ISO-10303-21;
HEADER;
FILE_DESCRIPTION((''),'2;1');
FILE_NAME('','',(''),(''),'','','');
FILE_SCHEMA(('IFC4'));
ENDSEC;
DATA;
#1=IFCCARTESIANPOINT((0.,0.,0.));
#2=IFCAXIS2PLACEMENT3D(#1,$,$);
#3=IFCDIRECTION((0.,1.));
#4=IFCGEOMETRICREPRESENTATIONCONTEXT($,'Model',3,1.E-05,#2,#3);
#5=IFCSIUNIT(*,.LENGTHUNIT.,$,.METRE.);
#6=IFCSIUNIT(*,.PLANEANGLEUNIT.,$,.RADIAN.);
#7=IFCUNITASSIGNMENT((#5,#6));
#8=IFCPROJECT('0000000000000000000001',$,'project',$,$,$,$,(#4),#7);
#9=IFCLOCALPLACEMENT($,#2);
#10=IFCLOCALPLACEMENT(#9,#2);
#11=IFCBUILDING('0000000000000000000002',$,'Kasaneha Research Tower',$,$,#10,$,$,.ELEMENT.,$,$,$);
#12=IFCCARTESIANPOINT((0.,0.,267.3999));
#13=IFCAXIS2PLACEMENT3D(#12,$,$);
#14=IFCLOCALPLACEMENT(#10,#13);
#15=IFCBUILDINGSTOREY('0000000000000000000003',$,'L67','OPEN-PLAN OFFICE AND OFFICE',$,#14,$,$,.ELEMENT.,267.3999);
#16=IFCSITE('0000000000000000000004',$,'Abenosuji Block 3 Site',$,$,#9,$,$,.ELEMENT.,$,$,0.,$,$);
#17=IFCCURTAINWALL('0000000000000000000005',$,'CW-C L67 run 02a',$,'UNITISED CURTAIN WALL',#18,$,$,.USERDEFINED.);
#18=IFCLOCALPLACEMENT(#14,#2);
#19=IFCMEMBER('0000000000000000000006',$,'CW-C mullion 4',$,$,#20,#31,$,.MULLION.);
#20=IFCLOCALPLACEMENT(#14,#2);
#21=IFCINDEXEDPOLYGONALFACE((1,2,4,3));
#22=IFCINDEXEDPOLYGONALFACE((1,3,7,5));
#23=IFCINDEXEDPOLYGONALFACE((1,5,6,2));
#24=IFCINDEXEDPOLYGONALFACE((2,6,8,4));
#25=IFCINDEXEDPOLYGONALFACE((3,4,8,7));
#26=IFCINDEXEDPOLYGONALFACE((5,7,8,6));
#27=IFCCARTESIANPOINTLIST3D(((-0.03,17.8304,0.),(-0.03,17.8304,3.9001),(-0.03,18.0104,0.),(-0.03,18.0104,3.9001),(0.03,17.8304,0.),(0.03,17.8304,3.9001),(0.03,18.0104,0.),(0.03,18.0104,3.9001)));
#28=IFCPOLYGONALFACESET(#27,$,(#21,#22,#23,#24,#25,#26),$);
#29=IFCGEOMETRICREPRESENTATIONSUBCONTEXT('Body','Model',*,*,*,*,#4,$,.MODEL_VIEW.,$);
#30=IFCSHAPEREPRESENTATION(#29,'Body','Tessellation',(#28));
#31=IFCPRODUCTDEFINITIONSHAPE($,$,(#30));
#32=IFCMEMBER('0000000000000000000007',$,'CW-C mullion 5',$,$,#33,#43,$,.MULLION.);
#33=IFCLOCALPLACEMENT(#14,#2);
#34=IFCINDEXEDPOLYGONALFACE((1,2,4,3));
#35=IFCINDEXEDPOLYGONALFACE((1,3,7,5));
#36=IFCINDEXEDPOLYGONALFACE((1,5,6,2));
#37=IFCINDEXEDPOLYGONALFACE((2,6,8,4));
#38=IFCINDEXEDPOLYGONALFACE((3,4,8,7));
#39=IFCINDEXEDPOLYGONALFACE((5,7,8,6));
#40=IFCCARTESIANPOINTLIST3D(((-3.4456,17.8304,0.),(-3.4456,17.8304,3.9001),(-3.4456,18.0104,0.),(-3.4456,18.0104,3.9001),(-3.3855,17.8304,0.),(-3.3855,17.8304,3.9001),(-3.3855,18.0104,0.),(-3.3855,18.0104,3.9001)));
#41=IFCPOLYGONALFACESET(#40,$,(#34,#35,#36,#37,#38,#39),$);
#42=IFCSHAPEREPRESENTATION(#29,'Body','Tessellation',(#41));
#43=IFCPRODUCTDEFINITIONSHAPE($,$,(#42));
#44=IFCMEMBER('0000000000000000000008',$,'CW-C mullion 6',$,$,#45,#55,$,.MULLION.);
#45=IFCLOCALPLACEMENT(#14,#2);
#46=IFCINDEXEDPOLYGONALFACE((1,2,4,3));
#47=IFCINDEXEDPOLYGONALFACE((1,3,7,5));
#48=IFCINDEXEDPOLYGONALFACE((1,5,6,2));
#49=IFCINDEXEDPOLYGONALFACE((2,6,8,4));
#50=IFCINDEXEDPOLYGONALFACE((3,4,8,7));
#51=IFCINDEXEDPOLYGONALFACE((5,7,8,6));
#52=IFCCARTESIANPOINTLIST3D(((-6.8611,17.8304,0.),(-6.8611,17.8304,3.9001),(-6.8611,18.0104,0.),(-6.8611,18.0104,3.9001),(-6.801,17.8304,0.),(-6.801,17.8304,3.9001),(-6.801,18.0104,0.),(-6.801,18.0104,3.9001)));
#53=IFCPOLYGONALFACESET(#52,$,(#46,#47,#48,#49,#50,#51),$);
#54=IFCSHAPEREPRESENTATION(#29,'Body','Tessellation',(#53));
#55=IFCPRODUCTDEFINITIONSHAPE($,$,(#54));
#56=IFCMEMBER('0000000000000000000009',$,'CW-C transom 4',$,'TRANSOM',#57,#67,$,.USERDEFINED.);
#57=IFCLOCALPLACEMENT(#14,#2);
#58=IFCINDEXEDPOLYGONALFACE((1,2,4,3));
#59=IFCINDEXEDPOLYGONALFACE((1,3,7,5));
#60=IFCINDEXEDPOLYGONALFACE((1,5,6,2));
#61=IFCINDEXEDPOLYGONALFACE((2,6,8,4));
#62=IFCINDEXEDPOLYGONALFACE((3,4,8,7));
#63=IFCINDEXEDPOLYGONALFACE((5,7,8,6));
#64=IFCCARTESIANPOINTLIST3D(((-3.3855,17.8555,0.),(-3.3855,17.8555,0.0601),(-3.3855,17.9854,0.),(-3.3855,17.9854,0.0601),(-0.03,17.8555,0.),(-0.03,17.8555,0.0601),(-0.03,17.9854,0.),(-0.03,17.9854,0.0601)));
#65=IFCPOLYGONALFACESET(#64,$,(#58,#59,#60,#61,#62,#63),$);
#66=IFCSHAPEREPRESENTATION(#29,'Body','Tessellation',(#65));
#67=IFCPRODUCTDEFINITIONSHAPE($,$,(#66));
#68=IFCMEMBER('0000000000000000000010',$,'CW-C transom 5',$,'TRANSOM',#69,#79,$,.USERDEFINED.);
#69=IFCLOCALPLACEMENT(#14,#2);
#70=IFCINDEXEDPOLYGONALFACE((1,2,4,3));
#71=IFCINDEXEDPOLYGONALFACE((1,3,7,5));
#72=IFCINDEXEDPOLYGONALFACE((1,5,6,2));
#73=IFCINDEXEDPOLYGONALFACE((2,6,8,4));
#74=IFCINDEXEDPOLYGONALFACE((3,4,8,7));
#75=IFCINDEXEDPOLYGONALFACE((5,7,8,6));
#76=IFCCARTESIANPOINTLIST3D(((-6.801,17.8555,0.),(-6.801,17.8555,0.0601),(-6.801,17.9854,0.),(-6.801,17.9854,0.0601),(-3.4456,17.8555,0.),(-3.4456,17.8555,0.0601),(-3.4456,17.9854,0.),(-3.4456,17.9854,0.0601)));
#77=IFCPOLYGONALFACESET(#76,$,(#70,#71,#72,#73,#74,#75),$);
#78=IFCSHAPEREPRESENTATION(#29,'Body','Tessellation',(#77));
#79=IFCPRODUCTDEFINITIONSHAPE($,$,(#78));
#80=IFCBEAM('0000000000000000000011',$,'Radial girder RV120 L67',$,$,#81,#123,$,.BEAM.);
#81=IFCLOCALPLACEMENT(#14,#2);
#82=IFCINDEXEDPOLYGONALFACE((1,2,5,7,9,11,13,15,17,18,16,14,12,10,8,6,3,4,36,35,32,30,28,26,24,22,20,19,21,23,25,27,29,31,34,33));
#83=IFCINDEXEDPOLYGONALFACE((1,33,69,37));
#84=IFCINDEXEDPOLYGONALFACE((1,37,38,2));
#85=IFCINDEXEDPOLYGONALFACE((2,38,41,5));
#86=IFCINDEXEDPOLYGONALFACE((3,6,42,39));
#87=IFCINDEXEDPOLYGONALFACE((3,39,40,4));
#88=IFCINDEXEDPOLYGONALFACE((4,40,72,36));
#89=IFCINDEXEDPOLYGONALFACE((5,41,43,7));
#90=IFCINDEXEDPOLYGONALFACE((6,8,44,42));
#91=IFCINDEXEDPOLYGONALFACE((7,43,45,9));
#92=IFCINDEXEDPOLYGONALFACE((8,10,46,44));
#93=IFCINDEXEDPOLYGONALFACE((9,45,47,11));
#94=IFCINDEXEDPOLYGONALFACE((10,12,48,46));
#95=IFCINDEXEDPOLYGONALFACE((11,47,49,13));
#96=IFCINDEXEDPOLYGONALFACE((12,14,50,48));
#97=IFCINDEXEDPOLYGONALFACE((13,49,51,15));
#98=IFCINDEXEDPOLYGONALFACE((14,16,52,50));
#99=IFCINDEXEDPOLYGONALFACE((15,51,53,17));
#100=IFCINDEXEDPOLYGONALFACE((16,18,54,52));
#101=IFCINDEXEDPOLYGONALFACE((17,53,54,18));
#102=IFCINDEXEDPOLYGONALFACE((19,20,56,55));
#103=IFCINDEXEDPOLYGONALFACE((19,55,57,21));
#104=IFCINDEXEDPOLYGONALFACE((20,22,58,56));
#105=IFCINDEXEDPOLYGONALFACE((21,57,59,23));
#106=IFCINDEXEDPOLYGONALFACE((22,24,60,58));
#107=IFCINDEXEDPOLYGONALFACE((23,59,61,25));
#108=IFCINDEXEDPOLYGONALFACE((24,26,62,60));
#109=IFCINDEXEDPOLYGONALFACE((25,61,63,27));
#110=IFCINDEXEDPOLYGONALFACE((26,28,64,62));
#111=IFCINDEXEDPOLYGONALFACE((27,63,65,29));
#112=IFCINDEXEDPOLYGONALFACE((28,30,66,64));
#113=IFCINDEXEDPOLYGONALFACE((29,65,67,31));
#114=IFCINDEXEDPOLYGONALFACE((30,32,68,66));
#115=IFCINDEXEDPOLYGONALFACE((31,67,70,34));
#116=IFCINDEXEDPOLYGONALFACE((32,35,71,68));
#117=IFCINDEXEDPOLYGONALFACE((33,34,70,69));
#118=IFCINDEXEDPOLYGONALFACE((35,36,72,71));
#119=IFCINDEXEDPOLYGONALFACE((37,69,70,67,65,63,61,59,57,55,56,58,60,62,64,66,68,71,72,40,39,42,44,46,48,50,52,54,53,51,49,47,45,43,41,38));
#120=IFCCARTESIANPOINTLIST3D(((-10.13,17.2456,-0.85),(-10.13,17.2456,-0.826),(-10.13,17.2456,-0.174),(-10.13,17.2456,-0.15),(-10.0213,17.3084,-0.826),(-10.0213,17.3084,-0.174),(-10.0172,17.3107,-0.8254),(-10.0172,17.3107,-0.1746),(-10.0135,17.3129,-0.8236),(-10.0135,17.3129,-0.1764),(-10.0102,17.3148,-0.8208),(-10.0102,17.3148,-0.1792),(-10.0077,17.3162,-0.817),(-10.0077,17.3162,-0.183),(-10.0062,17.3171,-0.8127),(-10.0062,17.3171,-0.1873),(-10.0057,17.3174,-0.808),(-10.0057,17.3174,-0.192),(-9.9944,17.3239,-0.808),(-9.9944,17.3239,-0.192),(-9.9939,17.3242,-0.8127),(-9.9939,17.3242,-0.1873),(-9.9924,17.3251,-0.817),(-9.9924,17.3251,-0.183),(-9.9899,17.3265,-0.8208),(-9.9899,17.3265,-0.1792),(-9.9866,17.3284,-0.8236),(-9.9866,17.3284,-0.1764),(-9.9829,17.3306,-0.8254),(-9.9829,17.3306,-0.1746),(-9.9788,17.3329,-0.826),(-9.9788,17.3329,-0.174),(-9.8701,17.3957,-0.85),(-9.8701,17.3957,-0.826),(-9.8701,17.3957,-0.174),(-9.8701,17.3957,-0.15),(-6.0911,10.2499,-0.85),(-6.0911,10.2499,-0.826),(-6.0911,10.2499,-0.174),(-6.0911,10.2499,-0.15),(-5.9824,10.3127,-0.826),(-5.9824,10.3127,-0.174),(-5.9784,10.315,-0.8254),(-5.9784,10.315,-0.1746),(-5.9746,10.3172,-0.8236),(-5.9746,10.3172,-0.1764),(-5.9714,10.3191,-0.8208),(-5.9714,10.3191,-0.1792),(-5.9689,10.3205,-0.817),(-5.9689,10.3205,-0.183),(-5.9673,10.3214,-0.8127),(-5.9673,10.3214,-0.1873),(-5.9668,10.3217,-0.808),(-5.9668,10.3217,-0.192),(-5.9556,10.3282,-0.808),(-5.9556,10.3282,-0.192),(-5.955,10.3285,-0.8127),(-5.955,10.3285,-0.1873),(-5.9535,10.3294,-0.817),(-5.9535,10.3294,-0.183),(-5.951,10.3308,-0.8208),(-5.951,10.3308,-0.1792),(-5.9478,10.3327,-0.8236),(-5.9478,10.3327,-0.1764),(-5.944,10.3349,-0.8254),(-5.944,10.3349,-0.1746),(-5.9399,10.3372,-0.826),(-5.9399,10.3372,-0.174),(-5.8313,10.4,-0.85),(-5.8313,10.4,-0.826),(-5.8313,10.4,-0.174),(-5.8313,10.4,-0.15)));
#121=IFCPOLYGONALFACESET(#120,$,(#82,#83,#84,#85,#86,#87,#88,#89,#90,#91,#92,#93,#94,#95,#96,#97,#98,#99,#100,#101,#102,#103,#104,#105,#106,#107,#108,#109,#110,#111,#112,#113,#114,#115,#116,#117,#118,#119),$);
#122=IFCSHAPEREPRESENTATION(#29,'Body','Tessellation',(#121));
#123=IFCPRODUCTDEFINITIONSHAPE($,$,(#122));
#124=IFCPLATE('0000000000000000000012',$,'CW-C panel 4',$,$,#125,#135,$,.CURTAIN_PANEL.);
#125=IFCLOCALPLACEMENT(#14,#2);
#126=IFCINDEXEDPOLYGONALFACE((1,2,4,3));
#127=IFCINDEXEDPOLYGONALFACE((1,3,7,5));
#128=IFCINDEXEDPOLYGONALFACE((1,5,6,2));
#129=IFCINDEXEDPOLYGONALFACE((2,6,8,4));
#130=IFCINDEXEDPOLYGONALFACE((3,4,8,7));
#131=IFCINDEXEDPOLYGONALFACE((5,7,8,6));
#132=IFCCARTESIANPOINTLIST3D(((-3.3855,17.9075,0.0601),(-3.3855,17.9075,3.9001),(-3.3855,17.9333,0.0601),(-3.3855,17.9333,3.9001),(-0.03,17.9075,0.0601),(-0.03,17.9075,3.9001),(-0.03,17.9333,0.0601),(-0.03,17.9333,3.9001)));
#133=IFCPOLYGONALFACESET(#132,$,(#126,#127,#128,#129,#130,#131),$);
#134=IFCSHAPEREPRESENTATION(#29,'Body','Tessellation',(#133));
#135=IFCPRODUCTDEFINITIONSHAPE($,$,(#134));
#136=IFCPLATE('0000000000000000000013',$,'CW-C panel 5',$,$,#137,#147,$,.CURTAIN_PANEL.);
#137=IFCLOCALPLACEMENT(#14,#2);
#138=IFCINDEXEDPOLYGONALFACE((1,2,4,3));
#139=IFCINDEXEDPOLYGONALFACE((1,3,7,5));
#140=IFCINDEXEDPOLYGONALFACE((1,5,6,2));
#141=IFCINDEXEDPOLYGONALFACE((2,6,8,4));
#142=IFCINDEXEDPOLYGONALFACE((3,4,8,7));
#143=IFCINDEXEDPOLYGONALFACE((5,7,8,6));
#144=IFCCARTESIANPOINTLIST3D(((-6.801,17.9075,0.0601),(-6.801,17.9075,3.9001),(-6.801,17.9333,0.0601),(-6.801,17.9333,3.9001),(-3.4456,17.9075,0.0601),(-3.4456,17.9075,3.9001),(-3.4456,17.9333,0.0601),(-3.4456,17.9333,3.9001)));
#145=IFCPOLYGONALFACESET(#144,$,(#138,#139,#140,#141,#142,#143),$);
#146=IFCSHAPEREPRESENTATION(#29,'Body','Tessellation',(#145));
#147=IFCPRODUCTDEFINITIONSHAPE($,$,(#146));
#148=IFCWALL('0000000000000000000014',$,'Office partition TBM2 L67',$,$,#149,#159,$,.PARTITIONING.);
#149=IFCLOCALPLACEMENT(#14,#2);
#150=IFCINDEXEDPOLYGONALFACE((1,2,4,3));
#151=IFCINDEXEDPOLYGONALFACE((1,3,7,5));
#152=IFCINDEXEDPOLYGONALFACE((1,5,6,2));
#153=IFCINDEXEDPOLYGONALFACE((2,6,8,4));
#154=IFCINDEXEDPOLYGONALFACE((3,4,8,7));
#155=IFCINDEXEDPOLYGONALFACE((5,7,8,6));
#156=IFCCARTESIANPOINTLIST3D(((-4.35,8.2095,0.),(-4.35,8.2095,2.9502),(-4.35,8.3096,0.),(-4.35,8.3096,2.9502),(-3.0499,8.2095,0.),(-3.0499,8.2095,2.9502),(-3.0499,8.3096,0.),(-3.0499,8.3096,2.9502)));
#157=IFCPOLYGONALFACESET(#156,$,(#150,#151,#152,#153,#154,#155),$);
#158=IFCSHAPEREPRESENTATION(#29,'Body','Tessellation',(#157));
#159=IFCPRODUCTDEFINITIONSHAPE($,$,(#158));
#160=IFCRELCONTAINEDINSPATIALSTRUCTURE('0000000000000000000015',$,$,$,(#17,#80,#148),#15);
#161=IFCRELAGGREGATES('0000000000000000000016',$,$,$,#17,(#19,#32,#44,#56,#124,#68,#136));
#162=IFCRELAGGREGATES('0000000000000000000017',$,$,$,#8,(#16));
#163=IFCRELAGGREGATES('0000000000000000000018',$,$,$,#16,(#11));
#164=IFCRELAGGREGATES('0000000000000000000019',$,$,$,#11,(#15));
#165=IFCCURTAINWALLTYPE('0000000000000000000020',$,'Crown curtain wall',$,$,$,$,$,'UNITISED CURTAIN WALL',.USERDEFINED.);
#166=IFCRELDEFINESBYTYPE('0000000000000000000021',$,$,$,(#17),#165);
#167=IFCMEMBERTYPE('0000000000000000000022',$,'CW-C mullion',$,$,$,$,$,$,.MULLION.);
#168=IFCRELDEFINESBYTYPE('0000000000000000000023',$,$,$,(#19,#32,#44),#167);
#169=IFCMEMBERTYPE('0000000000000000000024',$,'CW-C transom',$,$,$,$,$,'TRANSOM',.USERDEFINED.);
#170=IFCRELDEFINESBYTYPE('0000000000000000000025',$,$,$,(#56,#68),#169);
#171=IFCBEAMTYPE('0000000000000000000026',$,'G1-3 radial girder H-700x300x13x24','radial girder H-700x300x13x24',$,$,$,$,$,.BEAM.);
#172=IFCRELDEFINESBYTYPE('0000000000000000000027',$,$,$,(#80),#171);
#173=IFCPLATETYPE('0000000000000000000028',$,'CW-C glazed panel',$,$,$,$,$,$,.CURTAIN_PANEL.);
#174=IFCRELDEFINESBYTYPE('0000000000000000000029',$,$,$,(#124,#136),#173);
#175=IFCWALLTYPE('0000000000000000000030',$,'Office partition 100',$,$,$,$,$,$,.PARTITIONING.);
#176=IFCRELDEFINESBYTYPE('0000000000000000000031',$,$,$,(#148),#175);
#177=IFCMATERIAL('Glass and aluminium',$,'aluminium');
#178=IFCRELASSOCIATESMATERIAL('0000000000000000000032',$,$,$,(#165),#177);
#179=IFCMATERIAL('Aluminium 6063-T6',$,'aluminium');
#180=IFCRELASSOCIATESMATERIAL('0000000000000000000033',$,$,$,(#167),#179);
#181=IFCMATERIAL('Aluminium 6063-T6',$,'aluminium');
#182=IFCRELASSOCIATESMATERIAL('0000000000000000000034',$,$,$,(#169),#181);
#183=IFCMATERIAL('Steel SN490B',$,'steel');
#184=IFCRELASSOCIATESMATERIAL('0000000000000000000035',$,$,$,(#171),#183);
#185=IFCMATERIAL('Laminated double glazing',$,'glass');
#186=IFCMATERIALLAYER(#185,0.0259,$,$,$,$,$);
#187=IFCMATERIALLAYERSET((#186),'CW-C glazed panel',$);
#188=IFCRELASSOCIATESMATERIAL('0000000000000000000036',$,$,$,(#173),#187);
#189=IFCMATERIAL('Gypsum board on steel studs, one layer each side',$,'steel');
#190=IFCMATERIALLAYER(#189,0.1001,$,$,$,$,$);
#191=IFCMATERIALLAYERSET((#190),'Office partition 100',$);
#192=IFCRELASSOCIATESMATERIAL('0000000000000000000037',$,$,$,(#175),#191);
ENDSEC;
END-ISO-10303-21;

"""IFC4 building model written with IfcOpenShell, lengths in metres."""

from ifc_helpers import new_model, si_unit, direction, frame, frame_2d, origin, origin_2d, place, context, subcontext, project, spatial, rectangle, i_section, extrude, material, layer, layer_set, material_profile, profile_set, type_object, element, aggregate, save


model = new_model("IFC4")

# Units and contexts
model_context = context("Model", 3, precision=1e-05, world=origin(), true_north=direction((0.0, 1.0)))
body_context = subcontext(model_context, "Body", "Model", "MODEL_VIEW")
ifc_project = project(units=[si_unit("LENGTHUNIT", "METRE"), si_unit("PLANEANGLEUNIT", "RADIAN")], contexts=[model_context])

# Site, building, storey
site_placement = place(None, origin())
site = spatial("IfcSite", under=ifc_project, at=site_placement, Name="Abenosuji Block 3 Site", CompositionType="ELEMENT", RefElevation=0.0)
building_placement = place(site_placement, origin())
building = spatial("IfcBuilding", under=site, at=building_placement, Name="Kasaneha Research Tower", CompositionType="ELEMENT")
storey_placement = place(building_placement, frame((0.0, 0.0, 267.3999)))
storey = spatial("IfcBuildingStorey", under=building, at=storey_placement, Name="L67", Description="OPEN-PLAN OFFICE AND OFFICE", CompositionType="ELEMENT", Elevation=267.3999)

# Curtain wall, members
ifc_material_1 = material(Name="Glass and aluminium", Category="aluminium")
curtain_wall_type = type_object("IfcCurtainWallType", Name="Crown curtain wall", ElementType="UNITISED CURTAIN WALL", PredefinedType="USERDEFINED", material=ifc_material_1)
curtain_wall_placement = place(storey_placement, origin())
curtain_wall = element("IfcCurtainWall", 1, at=curtain_wall_placement, inside=storey, type_object=curtain_wall_type, Name="CW-C L67 run 02a", ObjectType="UNITISED CURTAIN WALL", PredefinedType="USERDEFINED")
ifc_material_2 = material(Name="Aluminium 6063-T6", Category="aluminium")
ifc_material_profile_1 = material_profile(ifc_material_2, rectangle(XDim=0.0601, YDim=0.1799, at=origin_2d()), Name="CW-C mullion 60x180")
ifc_profile_set_1 = profile_set([ifc_material_profile_1], Name="Aluminium 6063-T6")
member_type_1 = type_object("IfcMemberType", Name="CW-C mullion", PredefinedType="MULLION", material=ifc_profile_set_1)
member_1_placement = place(storey_placement, frame((0.0, 17.9204, 0.0), z_axis=(0.0, 0.0, 1.0), x_axis=(-1.0, 0.0, 0.0)))
member_1 = element("IfcMember", 2, at=member_1_placement, type_object=member_type_1, Name="CW-C mullion 4", PredefinedType="MULLION", context=body_context, shape_type="SweptSolid", body=[
    extrude(rectangle(XDim=0.0601, YDim=0.1799, at=origin_2d()), origin(), (0.0, 0.0, 1.0), 3.9001),
])
member_2_placement = place(storey_placement, frame((-3.4155, 17.9204, 0.0), z_axis=(0.0, 0.0, 1.0), x_axis=(-1.0, 0.0, 0.0)))
member_2 = element("IfcMember", 3, at=member_2_placement, type_object=member_type_1, Name="CW-C mullion 5", PredefinedType="MULLION", context=body_context, shape_type="SweptSolid", body=[
    extrude(rectangle(XDim=0.0601, YDim=0.1799, at=origin_2d()), origin(), (0.0, 0.0, 1.0), 3.9001),
])
member_3_placement = place(storey_placement, frame((-6.8311, 17.9204, 0.0), z_axis=(0.0, 0.0, 1.0), x_axis=(-1.0, 0.0, 0.0)))
member_3 = element("IfcMember", 4, at=member_3_placement, type_object=member_type_1, Name="CW-C mullion 6", PredefinedType="MULLION", context=body_context, shape_type="SweptSolid", body=[
    extrude(rectangle(XDim=0.0601, YDim=0.1799, at=origin_2d()), origin(), (0.0, 0.0, 1.0), 3.9001),
])
ifc_material_3 = material(Name="Aluminium 6063-T6", Category="aluminium")
ifc_material_profile_2 = material_profile(ifc_material_3, rectangle(XDim=0.1299, YDim=0.0601, at=origin_2d()), Name="CW-C transom 130x60")
ifc_profile_set_2 = profile_set([ifc_material_profile_2], Name="Aluminium 6063-T6")
member_type_2 = type_object("IfcMemberType", Name="CW-C transom", ElementType="TRANSOM", PredefinedType="USERDEFINED", material=ifc_profile_set_2)
member_4_placement = place(storey_placement, frame((-0.03, 17.9204, 0.03), z_axis=(-1.0, 0.0, 0.0), x_axis=(0.0, -1.0, 0.0)))
member_4 = element("IfcMember", 5, at=member_4_placement, type_object=member_type_2, Name="CW-C transom 4", ObjectType="TRANSOM", PredefinedType="USERDEFINED", context=body_context, shape_type="SweptSolid", body=[
    extrude(rectangle(XDim=0.1299, YDim=0.0601, at=origin_2d()), origin(), (0.0, 0.0, 1.0), 3.3555),
])
member_5_placement = place(storey_placement, frame((-3.4456, 17.9204, 0.03), z_axis=(-1.0, 0.0, 0.0), x_axis=(0.0, -1.0, 0.0)))
member_5 = element("IfcMember", 6, at=member_5_placement, type_object=member_type_2, Name="CW-C transom 5", ObjectType="TRANSOM", PredefinedType="USERDEFINED", context=body_context, shape_type="SweptSolid", body=[
    extrude(rectangle(XDim=0.1299, YDim=0.0601, at=origin_2d()), origin(), (0.0, 0.0, 1.0), 3.3555),
])

# Beam
ifc_material_4 = material(Name="Steel SN490B", Category="steel")
ifc_material_profile_3 = material_profile(ifc_material_4, i_section(OverallWidth=0.3, OverallDepth=0.7, WebThickness=0.0129, FlangeThickness=0.0239, FilletRadius=0.0181, at=origin_2d()), Name="H-700x300x13x24")
ifc_profile_set_3 = profile_set([ifc_material_profile_3], Name="Steel SN490B")
beam_type = type_object("IfcBeamType", Name="G1-3 radial girder H-700x300x13x24", Description="radial girder H-700x300x13x24", PredefinedType="BEAM", material=ifc_profile_set_3)
beam_placement = place(storey_placement, frame((-5.9612, 10.325, -0.5), z_axis=(-0.499991, 0.866031, 0.0), x_axis=(-0.866031, -0.499991, 0.0)))
element("IfcBeam", 7, at=beam_placement, inside=storey, type_object=beam_type, Name="Radial girder RV120 L67", PredefinedType="BEAM", context=body_context, shape_type="SweptSolid", body=[
    extrude(i_section(OverallWidth=0.3, OverallDepth=0.7, WebThickness=0.0129, FlangeThickness=0.0239, FilletRadius=0.0181, at=origin_2d()), origin(), (0.0, 0.0, 1.0), 8.0779),
])

# Plates
ifc_material_5 = material(Name="Laminated double glazing", Category="glass")
ifc_layer_1 = layer(ifc_material_5, 0.0259)
ifc_layer_set_1 = layer_set([ifc_layer_1], Name="CW-C glazed panel")
plate_type = type_object("IfcPlateType", Name="CW-C glazed panel", PredefinedType="CURTAIN_PANEL", material=ifc_layer_set_1)
plate_1_placement = place(storey_placement, frame((-1.7078, 17.9204, 0.0601), z_axis=(0.0, 0.0, 1.0), x_axis=(-1.0, 0.0, 0.0)))
plate_1 = element("IfcPlate", 8, at=plate_1_placement, type_object=plate_type, Name="CW-C panel 4", PredefinedType="CURTAIN_PANEL", context=body_context, shape_type="SweptSolid", body=[
    extrude(rectangle(XDim=3.3555, YDim=0.0259, at=origin_2d()), origin(), (0.0, 0.0, 1.0), 3.8401),
])
plate_2_placement = place(storey_placement, frame((-5.1233, 17.9204, 0.0601), z_axis=(0.0, 0.0, 1.0), x_axis=(-1.0, 0.0, 0.0)))
plate_2 = element("IfcPlate", 9, at=plate_2_placement, type_object=plate_type, Name="CW-C panel 5", PredefinedType="CURTAIN_PANEL", context=body_context, shape_type="SweptSolid", body=[
    extrude(rectangle(XDim=3.3555, YDim=0.0259, at=origin_2d()), origin(), (0.0, 0.0, 1.0), 3.8401),
])
aggregate(curtain_wall, [member_1, member_2, member_3, member_4, plate_1, member_5, plate_2])

# Wall
ifc_material_6 = material(Name="Gypsum board on steel studs, one layer each side", Category="steel")
ifc_layer_2 = layer(ifc_material_6, 0.1001)
ifc_layer_set_2 = layer_set([ifc_layer_2], Name="Office partition 100")
wall_type_1 = type_object("IfcWallType", Name="Office partition 100", PredefinedType="PARTITIONING", material=ifc_layer_set_2)
wall_1_placement = place(storey_placement, frame((-3.05, 8.2595, 0.0), z_axis=(0.0, 0.0, 1.0), x_axis=(-1.0, 0.0, 0.0)))
element("IfcWall", 10, at=wall_1_placement, inside=storey, type_object=wall_type_1, Name="Office partition TBM2 L67", PredefinedType="PARTITIONING", context=body_context, shape_type="SweptSolid", body=[
    extrude(rectangle(XDim=1.3, YDim=0.1001, at=frame_2d((0.6499, 0.0))), origin(), (0.0, 0.0, 1.0), 2.9502),
])

save(model, "model.ifc")
